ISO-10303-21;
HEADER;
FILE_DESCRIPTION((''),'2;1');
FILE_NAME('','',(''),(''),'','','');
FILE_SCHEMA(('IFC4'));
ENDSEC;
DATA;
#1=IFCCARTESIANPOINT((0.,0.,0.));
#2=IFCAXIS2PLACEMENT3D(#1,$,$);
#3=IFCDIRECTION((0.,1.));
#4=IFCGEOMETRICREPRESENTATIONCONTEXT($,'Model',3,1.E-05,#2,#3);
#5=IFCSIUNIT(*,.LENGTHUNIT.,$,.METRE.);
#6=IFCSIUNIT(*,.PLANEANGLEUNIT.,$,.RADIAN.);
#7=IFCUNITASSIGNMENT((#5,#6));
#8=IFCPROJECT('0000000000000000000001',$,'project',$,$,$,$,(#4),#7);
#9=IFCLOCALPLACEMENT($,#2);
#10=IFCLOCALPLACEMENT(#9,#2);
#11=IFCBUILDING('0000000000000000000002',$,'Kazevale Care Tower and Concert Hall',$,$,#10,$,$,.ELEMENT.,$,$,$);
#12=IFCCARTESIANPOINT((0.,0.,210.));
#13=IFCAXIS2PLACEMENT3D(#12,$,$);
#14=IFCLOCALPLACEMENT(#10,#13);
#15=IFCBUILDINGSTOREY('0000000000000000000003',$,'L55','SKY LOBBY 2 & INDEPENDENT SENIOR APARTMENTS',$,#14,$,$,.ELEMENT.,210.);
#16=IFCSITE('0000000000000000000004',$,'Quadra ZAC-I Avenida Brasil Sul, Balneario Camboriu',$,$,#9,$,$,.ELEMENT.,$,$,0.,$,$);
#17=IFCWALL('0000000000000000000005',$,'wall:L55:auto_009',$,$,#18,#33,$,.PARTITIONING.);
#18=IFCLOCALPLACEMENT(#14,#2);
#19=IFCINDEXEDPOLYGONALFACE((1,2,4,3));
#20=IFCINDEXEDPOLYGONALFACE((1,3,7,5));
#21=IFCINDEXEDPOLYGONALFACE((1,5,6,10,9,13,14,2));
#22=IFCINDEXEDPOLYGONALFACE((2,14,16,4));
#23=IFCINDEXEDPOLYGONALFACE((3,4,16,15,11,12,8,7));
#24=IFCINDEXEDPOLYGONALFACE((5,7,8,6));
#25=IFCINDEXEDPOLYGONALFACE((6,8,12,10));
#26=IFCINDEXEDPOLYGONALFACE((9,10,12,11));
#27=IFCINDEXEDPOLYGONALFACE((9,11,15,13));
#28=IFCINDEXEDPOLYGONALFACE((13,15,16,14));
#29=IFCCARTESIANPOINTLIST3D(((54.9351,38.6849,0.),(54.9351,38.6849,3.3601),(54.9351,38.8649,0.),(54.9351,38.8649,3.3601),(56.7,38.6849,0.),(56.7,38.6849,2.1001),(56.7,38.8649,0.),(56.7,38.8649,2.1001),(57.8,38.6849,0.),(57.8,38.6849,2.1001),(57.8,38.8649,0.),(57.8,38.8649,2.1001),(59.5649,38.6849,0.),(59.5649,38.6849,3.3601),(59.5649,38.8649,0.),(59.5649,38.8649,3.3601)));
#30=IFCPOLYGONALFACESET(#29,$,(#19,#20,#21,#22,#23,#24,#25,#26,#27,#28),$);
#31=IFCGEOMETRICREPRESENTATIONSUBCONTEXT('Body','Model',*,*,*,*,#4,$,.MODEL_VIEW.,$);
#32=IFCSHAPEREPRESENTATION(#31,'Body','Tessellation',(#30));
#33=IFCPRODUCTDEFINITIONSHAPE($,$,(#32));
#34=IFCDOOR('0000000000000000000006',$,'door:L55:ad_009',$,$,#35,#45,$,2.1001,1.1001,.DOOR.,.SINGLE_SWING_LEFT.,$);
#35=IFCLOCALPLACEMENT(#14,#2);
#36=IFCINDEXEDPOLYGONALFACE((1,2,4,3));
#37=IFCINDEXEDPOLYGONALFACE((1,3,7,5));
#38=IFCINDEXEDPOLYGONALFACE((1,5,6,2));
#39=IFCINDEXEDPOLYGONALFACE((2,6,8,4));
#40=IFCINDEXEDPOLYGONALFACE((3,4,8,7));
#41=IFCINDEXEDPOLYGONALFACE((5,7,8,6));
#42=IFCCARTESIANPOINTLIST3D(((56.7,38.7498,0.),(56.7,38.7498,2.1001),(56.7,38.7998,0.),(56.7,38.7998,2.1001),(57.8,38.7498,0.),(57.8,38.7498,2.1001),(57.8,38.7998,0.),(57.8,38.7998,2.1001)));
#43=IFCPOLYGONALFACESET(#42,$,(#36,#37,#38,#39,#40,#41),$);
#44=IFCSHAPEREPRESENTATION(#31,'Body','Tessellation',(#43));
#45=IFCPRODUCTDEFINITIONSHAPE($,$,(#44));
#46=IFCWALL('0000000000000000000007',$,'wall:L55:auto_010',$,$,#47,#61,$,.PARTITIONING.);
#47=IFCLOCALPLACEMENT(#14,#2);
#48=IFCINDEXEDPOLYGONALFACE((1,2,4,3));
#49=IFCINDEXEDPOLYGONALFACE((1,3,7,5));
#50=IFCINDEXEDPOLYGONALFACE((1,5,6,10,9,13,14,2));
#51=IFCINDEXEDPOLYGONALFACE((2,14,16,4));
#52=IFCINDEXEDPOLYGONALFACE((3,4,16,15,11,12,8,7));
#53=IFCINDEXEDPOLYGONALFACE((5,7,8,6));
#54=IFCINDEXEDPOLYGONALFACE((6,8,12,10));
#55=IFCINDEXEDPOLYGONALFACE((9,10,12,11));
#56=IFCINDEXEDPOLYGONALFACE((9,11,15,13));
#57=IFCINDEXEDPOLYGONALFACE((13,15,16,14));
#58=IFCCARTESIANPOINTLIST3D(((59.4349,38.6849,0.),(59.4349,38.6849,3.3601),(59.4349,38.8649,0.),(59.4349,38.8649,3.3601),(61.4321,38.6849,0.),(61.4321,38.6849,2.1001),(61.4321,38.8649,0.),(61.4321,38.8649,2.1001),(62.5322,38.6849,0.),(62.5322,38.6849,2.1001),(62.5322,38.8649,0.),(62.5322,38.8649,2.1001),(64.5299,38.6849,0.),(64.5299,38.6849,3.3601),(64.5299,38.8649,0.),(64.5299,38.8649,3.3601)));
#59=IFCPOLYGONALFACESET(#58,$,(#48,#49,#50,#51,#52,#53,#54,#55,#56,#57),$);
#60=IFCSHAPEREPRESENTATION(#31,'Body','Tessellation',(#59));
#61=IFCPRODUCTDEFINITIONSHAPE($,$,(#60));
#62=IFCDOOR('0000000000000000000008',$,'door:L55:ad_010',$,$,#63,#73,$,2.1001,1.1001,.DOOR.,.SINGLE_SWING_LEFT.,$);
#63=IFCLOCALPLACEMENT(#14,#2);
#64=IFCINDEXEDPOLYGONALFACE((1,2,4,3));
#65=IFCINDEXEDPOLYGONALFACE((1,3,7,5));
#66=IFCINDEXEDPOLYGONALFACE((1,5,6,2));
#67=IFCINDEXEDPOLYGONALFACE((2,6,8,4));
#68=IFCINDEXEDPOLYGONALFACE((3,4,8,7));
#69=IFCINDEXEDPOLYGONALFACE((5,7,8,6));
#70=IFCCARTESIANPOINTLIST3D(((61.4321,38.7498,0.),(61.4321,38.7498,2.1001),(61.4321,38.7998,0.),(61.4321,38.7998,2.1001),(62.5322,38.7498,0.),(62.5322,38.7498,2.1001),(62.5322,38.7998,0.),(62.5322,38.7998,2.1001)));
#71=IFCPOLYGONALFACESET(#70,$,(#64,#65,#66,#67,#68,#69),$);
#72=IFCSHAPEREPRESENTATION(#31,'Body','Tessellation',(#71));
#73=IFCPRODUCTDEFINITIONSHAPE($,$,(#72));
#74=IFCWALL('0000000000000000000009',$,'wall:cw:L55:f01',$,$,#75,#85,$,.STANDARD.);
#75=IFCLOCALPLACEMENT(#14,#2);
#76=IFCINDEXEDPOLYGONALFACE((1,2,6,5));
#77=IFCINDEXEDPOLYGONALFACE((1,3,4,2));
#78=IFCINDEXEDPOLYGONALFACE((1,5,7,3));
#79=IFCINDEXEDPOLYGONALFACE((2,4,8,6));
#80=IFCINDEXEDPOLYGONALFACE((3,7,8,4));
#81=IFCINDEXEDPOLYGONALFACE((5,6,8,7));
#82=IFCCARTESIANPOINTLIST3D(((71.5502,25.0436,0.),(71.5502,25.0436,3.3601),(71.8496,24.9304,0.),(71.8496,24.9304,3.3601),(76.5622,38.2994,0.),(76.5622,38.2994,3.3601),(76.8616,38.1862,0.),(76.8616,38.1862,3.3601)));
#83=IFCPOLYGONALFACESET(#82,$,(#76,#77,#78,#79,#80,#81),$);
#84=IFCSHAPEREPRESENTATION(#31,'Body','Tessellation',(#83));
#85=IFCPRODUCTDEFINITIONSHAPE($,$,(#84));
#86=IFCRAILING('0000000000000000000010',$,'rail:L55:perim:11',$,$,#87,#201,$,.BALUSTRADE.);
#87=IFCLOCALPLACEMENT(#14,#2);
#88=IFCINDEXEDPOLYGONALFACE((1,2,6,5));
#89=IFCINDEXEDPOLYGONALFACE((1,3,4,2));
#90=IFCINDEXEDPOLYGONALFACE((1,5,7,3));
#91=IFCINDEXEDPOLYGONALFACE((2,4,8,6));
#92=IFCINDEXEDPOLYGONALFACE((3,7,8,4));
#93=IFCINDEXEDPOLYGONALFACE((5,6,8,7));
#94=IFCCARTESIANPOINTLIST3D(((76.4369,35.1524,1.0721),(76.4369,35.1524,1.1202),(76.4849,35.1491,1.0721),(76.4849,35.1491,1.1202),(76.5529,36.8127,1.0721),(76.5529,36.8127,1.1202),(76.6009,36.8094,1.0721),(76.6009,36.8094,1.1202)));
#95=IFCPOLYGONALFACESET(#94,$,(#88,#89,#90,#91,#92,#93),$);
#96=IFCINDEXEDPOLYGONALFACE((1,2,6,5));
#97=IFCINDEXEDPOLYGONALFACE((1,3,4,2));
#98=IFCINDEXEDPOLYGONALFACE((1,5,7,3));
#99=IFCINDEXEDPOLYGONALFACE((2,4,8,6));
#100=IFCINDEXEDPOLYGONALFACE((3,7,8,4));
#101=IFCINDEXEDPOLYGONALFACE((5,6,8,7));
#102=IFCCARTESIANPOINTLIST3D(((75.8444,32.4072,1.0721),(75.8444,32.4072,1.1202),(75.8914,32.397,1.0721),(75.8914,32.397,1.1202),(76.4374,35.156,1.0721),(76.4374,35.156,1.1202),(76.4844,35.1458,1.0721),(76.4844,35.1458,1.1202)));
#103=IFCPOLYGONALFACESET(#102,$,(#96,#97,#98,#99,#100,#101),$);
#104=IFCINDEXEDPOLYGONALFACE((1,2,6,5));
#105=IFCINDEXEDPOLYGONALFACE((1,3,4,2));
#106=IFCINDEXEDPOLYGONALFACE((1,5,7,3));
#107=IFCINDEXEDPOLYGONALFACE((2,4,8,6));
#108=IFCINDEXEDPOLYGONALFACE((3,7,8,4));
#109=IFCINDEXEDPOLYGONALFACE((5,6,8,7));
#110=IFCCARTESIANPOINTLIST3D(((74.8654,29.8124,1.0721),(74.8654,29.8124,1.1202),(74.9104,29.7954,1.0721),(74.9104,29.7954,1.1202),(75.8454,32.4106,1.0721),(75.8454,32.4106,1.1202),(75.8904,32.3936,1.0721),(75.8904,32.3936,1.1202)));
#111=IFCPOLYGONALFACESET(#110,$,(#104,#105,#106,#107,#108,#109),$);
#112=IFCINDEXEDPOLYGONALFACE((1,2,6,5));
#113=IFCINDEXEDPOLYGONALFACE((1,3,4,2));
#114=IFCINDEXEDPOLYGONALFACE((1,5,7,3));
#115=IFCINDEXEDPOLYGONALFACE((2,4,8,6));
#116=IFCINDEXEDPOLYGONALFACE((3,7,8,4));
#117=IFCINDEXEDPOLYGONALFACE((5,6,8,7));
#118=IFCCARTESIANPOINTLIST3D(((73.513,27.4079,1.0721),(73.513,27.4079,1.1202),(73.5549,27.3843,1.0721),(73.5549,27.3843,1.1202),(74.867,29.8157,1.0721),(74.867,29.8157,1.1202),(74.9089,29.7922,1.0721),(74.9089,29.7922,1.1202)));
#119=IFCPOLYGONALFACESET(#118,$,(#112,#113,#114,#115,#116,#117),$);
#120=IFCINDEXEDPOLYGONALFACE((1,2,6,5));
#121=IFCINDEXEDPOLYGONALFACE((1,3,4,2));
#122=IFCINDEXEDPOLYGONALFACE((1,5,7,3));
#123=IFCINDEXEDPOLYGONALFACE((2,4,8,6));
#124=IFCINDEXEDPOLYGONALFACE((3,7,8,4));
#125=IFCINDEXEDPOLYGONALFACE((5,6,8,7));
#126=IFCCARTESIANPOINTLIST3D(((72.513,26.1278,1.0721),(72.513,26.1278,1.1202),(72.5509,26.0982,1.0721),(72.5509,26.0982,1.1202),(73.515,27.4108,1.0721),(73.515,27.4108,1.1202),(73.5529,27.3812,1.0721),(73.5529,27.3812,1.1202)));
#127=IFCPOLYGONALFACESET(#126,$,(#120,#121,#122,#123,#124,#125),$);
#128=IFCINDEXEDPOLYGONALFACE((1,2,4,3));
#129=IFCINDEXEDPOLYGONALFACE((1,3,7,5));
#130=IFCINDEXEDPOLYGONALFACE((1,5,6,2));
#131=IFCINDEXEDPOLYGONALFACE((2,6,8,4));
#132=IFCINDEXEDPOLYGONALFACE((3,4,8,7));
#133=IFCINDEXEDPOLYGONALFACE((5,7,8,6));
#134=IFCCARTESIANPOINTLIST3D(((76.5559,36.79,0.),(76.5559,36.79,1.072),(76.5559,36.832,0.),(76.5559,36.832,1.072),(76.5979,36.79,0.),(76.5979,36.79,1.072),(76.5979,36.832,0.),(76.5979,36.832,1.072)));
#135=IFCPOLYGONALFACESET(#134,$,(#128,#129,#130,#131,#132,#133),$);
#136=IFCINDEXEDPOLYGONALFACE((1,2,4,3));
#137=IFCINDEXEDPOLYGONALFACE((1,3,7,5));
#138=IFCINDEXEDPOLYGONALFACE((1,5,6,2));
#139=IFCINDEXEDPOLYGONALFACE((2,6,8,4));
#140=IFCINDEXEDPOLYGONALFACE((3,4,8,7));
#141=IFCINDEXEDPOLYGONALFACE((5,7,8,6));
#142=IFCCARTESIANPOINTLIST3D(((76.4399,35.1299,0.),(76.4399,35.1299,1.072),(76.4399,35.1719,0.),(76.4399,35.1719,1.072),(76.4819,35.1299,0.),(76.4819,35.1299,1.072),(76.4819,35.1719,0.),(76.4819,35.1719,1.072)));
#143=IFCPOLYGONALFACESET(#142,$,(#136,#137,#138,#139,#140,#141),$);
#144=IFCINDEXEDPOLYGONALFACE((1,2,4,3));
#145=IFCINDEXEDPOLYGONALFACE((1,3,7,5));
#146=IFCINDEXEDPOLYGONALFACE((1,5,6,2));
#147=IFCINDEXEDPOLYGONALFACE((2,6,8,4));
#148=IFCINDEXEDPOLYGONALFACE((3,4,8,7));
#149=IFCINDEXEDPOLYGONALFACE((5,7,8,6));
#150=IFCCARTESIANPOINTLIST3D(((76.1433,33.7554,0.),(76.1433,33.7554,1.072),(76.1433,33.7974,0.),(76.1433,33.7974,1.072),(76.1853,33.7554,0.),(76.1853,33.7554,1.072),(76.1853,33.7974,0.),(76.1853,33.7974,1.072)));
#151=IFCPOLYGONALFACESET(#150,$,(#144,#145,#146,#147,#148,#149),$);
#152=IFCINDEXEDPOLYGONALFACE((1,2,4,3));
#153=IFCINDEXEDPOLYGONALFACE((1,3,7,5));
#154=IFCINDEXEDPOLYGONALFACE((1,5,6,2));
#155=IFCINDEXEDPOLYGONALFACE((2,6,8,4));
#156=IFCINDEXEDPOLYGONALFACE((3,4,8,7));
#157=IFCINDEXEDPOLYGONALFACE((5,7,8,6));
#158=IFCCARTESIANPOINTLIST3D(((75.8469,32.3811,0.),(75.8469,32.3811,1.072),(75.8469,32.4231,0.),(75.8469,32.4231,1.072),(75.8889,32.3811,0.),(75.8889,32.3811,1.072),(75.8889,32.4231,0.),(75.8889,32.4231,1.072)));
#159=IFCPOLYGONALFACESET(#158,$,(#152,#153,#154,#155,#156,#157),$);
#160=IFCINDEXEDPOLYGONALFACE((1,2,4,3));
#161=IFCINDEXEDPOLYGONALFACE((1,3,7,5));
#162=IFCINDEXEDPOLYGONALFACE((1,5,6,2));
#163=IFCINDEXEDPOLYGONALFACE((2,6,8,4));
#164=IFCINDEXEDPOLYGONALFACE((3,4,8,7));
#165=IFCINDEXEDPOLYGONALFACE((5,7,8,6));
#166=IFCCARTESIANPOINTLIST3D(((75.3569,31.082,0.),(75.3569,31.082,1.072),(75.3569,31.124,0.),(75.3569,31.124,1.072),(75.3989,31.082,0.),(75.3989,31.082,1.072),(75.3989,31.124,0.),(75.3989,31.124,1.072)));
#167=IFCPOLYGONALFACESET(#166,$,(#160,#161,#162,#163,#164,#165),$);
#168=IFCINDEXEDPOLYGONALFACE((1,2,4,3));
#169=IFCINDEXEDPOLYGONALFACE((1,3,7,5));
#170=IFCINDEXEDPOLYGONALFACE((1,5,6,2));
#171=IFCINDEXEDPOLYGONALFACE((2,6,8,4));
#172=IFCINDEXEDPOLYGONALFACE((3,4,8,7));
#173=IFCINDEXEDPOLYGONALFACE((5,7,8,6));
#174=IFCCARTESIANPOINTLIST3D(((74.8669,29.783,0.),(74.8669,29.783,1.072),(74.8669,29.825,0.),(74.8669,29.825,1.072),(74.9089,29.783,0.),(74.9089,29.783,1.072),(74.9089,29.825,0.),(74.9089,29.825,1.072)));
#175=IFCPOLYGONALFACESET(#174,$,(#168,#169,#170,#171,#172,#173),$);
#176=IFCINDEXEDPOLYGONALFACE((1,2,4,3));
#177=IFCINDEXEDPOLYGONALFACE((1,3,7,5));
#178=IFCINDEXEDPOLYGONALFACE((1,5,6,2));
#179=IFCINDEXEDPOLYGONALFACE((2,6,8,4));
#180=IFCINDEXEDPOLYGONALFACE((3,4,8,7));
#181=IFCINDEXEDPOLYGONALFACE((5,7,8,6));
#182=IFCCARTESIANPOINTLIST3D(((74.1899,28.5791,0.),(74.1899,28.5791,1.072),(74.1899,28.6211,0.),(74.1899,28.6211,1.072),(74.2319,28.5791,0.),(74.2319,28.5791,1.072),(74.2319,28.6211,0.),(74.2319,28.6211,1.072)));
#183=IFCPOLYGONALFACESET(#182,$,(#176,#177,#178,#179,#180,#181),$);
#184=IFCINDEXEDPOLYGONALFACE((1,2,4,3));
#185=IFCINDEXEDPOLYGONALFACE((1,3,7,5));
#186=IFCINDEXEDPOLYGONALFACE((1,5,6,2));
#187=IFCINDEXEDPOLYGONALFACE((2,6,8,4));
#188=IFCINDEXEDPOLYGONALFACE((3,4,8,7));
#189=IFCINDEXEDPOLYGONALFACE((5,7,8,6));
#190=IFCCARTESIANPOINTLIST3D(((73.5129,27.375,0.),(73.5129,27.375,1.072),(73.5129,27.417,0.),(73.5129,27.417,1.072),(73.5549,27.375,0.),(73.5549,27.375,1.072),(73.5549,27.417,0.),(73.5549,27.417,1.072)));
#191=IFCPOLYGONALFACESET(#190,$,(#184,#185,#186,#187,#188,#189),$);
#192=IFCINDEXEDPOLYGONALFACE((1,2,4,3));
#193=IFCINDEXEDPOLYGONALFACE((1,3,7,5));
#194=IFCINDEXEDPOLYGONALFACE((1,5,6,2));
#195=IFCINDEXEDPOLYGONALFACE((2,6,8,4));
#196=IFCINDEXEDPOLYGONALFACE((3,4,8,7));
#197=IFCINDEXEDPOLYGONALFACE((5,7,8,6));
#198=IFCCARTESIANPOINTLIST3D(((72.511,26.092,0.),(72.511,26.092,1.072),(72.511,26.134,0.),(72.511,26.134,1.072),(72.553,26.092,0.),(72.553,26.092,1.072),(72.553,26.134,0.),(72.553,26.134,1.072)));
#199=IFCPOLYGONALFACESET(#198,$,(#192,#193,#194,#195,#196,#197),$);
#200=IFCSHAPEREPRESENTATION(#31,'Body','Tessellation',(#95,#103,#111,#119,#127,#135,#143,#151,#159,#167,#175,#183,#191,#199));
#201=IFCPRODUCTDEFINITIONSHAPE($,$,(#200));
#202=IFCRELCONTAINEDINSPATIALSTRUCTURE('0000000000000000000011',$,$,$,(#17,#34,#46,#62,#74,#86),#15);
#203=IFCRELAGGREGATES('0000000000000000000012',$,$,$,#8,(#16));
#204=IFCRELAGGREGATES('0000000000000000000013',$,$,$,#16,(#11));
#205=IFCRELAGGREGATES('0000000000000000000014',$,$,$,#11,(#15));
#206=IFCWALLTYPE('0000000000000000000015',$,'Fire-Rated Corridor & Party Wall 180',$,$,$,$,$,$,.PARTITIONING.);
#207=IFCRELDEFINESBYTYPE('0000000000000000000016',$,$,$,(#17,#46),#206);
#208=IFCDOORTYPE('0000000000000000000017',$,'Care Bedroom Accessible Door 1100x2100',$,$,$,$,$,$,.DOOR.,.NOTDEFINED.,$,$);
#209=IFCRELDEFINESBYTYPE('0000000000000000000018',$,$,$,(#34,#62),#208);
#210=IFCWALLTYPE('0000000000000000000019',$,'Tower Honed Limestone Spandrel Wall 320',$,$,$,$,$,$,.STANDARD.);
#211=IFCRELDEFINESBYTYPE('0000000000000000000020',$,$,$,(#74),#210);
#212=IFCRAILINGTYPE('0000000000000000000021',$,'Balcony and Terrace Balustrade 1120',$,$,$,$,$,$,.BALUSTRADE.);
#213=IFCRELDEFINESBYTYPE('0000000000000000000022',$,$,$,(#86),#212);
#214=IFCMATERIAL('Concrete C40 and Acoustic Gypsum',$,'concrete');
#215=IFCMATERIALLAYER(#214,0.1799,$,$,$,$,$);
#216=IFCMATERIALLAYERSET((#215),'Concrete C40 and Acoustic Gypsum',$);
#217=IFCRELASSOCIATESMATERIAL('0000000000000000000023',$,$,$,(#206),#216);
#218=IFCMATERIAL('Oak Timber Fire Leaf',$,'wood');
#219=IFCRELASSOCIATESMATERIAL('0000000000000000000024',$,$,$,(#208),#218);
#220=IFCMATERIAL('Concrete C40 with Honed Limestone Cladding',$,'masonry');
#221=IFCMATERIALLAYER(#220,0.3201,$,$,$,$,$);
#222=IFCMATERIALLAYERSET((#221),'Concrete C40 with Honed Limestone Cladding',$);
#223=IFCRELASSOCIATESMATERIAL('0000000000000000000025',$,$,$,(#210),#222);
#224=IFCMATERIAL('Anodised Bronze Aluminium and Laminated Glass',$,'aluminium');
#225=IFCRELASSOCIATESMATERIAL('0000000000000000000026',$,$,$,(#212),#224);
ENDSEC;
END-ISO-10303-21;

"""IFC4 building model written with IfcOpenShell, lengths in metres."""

from ifc_helpers import new_model, si_unit, direction, frame, frame_2d, origin, origin_2d, place, context, subcontext, project, spatial, rectangle, extrude, material, layer, layer_set, type_object, element, fill, save


model = new_model("IFC4")

# Units and contexts
model_context = context("Model", 3, precision=1e-05, world=origin(), true_north=direction((0.0, 1.0)))
body_context = subcontext(model_context, "Body", "Model", "MODEL_VIEW")
ifc_project = project(units=[si_unit("LENGTHUNIT", "METRE"), si_unit("PLANEANGLEUNIT", "RADIAN")], contexts=[model_context])

# Site, building, storey
site_placement = place(None, origin())
site = spatial("IfcSite", under=ifc_project, at=site_placement, Name="Quadra ZAC-I Avenida Brasil Sul, Balneario Camboriu", CompositionType="ELEMENT", RefElevation=0.0)
building_placement = place(site_placement, origin())
building = spatial("IfcBuilding", under=site, at=building_placement, Name="Kazevale Care Tower and Concert Hall", CompositionType="ELEMENT")
storey_placement = place(building_placement, frame((0.0, 0.0, 210.0)))
storey = spatial("IfcBuildingStorey", under=building, at=storey_placement, Name="L55", Description="SKY LOBBY 2 & INDEPENDENT SENIOR APARTMENTS", CompositionType="ELEMENT", Elevation=210.0)

# Walls, openings, doors
ifc_material_1 = material(Name="Concrete C40 and Acoustic Gypsum", Category="concrete")
ifc_layer_1 = layer(ifc_material_1, 0.1799)
ifc_layer_set_1 = layer_set([ifc_layer_1], Name="Concrete C40 and Acoustic Gypsum")
wall_type_1 = type_object("IfcWallType", Name="Fire-Rated Corridor & Party Wall 180", PredefinedType="PARTITIONING", material=ifc_layer_set_1)
ifc_material_2 = material(Name="Oak Timber Fire Leaf", Category="wood")
door_type = type_object("IfcDoorType", Name="Care Bedroom Accessible Door 1100x2100", OperationType="NOTDEFINED", PredefinedType="DOOR", material=ifc_material_2)
wall_1_placement = place(storey_placement, frame((54.9351, 38.7749, 0.0), z_axis=(0.0, 0.0, 1.0), x_axis=(1.0, 0.0, 0.0)))
wall_1 = element("IfcWall", 1, at=wall_1_placement, inside=storey, type_object=wall_type_1, Name="wall:L55:auto_009", PredefinedType="PARTITIONING", context=body_context, shape_type="SweptSolid", body=[
    extrude(rectangle(XDim=4.6299, YDim=0.1799, at=frame_2d((2.3149, 0.0))), origin(), (0.0, 0.0, 1.0), 3.3601),
])
opening_1_placement = place(wall_1_placement, frame((1.7649, 0.0, 0.0)))
opening_1 = element("IfcOpeningElement", 2, at=opening_1_placement, cuts=wall_1, PredefinedType="OPENING", context=body_context, shape_type="SweptSolid", body=[
    extrude(rectangle(XDim=1.1001, YDim=2.1001, at=frame_2d((0.55, 1.05))), frame((0.0, 0.0999, 0.0), z_axis=(0.0, -1.0, 0.0), x_axis=(1.0, 0.0, 0.0)), (0.0, 0.0, 1.0), 0.2),
])
door_1_placement = place(opening_1_placement, origin())
door_1 = element("IfcDoor", 3, at=door_1_placement, inside=storey, type_object=door_type, Name="door:L55:ad_009", OperationType="SINGLE_SWING_LEFT", OverallHeight=2.1001, OverallWidth=1.1001, PredefinedType="DOOR", context=body_context, shape_type="SweptSolid", body=[
    extrude(rectangle(XDim=1.1001, YDim=2.1001, at=frame_2d((0.55, 1.05))), frame((0.0, 0.0249, 0.0), z_axis=(0.0, -1.0, 0.0), x_axis=(1.0, 0.0, 0.0)), (0.0, 0.0, 1.0), 0.05),
])
fill(opening_1, door_1)
wall_2_placement = place(storey_placement, frame((59.4351, 38.7749, 0.0), z_axis=(0.0, 0.0, 1.0), x_axis=(1.0, 0.0, 0.0)))
wall_2 = element("IfcWall", 4, at=wall_2_placement, inside=storey, type_object=wall_type_1, Name="wall:L55:auto_010", PredefinedType="PARTITIONING", context=body_context, shape_type="SweptSolid", body=[
    extrude(rectangle(XDim=5.095, YDim=0.1799, at=frame_2d((2.5474, 0.0))), origin(), (0.0, 0.0, 1.0), 3.3601),
])
opening_2_placement = place(wall_2_placement, frame((1.9971, 0.0, 0.0)))
opening_2 = element("IfcOpeningElement", 5, at=opening_2_placement, cuts=wall_2, PredefinedType="OPENING", context=body_context, shape_type="SweptSolid", body=[
    extrude(rectangle(XDim=1.1001, YDim=2.1001, at=frame_2d((0.55, 1.05))), frame((0.0, 0.0999, 0.0), z_axis=(0.0, -1.0, 0.0), x_axis=(1.0, 0.0, 0.0)), (0.0, 0.0, 1.0), 0.2),
])
door_2_placement = place(opening_2_placement, origin())
door_2 = element("IfcDoor", 6, at=door_2_placement, inside=storey, type_object=door_type, Name="door:L55:ad_010", OperationType="SINGLE_SWING_LEFT", OverallHeight=2.1001, OverallWidth=1.1001, PredefinedType="DOOR", context=body_context, shape_type="SweptSolid", body=[
    extrude(rectangle(XDim=1.1001, YDim=2.1001, at=frame_2d((0.55, 1.05))), frame((0.0, 0.0249, 0.0), z_axis=(0.0, -1.0, 0.0), x_axis=(1.0, 0.0, 0.0)), (0.0, 0.0, 1.0), 0.05),
])
fill(opening_2, door_2)

# Wall
ifc_material_3 = material(Name="Concrete C40 with Honed Limestone Cladding", Category="masonry")
ifc_layer_2 = layer(ifc_material_3, 0.3201)
ifc_layer_set_2 = layer_set([ifc_layer_2], Name="Concrete C40 with Honed Limestone Cladding")
wall_type_2 = type_object("IfcWallType", Name="Tower Honed Limestone Spandrel Wall 320", PredefinedType="STANDARD", material=ifc_layer_set_2)
wall_3_placement = place(storey_placement, frame((76.7119, 38.2429, 0.0), z_axis=(0.0, 0.0, 1.0), x_axis=(-0.35366, -0.935374, 0.0)))
element("IfcWall", 7, at=wall_3_placement, inside=storey, type_object=wall_type_2, Name="wall:cw:L55:f01", PredefinedType="STANDARD", context=body_context, shape_type="SweptSolid", body=[
    extrude(rectangle(XDim=14.1716, YDim=0.3201, at=frame_2d((7.0859, 0.0))), origin(), (0.0, 0.0, 1.0), 3.3601),
])

# Railing
ifc_material_4 = material(Name="Anodised Bronze Aluminium and Laminated Glass", Category="aluminium")
railing_type = type_object("IfcRailingType", Name="Balcony and Terrace Balustrade 1120", PredefinedType="BALUSTRADE", material=ifc_material_4)
railing_1_placement = place(storey_placement, frame((76.5769, 36.811, 0.0)))
element("IfcRailing", 8, at=railing_1_placement, inside=storey, type_object=railing_type, Name="rail:L55:perim:11", PredefinedType="BALUSTRADE", context=body_context, shape_type="SweptSolid", body=[
    extrude(rectangle(XDim=0.0481, YDim=0.0481, at=origin_2d()), frame((0.0, 0.0, 1.0962), z_axis=(-0.069683, -0.997569, 0.0), x_axis=(0.997569, -0.069683, 0.0)), (0.0, 0.0, 1.0), 1.6643),
    extrude(rectangle(XDim=0.0481, YDim=0.0481, at=origin_2d()), frame((-0.116, -1.6602, 1.0962), z_axis=(-0.210887, -0.977511, 0.0), x_axis=(0.977511, -0.210887, 0.0)), (0.0, 0.0, 1.0), 2.812),
    extrude(rectangle(XDim=0.0481, YDim=0.0481, at=origin_2d()), frame((-0.709, -4.4089, 1.0962), z_axis=(-0.352915, -0.935655, 0.0), x_axis=(0.935655, -0.352915, 0.0)), (0.0, 0.0, 1.0), 2.7769),
    extrude(rectangle(XDim=0.0481, YDim=0.0481, at=origin_2d()), frame((-1.689, -7.0071, 1.0962), z_axis=(-0.490131, -0.871649, 0.0), x_axis=(0.871649, -0.490131, 0.0)), (0.0, 0.0, 1.0), 2.7625),
    extrude(rectangle(XDim=0.0481, YDim=0.0481, at=origin_2d()), frame((-3.043, -9.415, 1.0962), z_axis=(-0.615507, -0.788131, 0.0), x_axis=(0.788131, -0.615507, 0.0)), (0.0, 0.0, 1.0), 1.6279),
    extrude(rectangle(XDim=0.042, YDim=0.042, at=origin_2d()), origin(), (0.0, 0.0, 1.0), 1.072),
    extrude(rectangle(XDim=0.042, YDim=0.042, at=origin_2d()), frame((-0.116, -1.6602, 0.0)), (0.0, 0.0, 1.0), 1.072),
    extrude(rectangle(XDim=0.042, YDim=0.042, at=origin_2d()), frame((-0.4126, -3.0347, 0.0)), (0.0, 0.0, 1.0), 1.072),
    extrude(rectangle(XDim=0.042, YDim=0.042, at=origin_2d()), frame((-0.709, -4.4089, 0.0)), (0.0, 0.0, 1.0), 1.072),
    extrude(rectangle(XDim=0.042, YDim=0.042, at=origin_2d()), frame((-1.199, -5.708, 0.0)), (0.0, 0.0, 1.0), 1.072),
    extrude(rectangle(XDim=0.042, YDim=0.042, at=origin_2d()), frame((-1.689, -7.0071, 0.0)), (0.0, 0.0, 1.0), 1.072),
    extrude(rectangle(XDim=0.042, YDim=0.042, at=origin_2d()), frame((-2.366, -8.2109, 0.0)), (0.0, 0.0, 1.0), 1.072),
    extrude(rectangle(XDim=0.042, YDim=0.042, at=origin_2d()), frame((-3.043, -9.415, 0.0)), (0.0, 0.0, 1.0), 1.072),
    extrude(rectangle(XDim=0.042, YDim=0.042, at=origin_2d()), frame((-4.0449, -10.698, 0.0)), (0.0, 0.0, 1.0), 1.072),
])

save(model, "model.ifc")
